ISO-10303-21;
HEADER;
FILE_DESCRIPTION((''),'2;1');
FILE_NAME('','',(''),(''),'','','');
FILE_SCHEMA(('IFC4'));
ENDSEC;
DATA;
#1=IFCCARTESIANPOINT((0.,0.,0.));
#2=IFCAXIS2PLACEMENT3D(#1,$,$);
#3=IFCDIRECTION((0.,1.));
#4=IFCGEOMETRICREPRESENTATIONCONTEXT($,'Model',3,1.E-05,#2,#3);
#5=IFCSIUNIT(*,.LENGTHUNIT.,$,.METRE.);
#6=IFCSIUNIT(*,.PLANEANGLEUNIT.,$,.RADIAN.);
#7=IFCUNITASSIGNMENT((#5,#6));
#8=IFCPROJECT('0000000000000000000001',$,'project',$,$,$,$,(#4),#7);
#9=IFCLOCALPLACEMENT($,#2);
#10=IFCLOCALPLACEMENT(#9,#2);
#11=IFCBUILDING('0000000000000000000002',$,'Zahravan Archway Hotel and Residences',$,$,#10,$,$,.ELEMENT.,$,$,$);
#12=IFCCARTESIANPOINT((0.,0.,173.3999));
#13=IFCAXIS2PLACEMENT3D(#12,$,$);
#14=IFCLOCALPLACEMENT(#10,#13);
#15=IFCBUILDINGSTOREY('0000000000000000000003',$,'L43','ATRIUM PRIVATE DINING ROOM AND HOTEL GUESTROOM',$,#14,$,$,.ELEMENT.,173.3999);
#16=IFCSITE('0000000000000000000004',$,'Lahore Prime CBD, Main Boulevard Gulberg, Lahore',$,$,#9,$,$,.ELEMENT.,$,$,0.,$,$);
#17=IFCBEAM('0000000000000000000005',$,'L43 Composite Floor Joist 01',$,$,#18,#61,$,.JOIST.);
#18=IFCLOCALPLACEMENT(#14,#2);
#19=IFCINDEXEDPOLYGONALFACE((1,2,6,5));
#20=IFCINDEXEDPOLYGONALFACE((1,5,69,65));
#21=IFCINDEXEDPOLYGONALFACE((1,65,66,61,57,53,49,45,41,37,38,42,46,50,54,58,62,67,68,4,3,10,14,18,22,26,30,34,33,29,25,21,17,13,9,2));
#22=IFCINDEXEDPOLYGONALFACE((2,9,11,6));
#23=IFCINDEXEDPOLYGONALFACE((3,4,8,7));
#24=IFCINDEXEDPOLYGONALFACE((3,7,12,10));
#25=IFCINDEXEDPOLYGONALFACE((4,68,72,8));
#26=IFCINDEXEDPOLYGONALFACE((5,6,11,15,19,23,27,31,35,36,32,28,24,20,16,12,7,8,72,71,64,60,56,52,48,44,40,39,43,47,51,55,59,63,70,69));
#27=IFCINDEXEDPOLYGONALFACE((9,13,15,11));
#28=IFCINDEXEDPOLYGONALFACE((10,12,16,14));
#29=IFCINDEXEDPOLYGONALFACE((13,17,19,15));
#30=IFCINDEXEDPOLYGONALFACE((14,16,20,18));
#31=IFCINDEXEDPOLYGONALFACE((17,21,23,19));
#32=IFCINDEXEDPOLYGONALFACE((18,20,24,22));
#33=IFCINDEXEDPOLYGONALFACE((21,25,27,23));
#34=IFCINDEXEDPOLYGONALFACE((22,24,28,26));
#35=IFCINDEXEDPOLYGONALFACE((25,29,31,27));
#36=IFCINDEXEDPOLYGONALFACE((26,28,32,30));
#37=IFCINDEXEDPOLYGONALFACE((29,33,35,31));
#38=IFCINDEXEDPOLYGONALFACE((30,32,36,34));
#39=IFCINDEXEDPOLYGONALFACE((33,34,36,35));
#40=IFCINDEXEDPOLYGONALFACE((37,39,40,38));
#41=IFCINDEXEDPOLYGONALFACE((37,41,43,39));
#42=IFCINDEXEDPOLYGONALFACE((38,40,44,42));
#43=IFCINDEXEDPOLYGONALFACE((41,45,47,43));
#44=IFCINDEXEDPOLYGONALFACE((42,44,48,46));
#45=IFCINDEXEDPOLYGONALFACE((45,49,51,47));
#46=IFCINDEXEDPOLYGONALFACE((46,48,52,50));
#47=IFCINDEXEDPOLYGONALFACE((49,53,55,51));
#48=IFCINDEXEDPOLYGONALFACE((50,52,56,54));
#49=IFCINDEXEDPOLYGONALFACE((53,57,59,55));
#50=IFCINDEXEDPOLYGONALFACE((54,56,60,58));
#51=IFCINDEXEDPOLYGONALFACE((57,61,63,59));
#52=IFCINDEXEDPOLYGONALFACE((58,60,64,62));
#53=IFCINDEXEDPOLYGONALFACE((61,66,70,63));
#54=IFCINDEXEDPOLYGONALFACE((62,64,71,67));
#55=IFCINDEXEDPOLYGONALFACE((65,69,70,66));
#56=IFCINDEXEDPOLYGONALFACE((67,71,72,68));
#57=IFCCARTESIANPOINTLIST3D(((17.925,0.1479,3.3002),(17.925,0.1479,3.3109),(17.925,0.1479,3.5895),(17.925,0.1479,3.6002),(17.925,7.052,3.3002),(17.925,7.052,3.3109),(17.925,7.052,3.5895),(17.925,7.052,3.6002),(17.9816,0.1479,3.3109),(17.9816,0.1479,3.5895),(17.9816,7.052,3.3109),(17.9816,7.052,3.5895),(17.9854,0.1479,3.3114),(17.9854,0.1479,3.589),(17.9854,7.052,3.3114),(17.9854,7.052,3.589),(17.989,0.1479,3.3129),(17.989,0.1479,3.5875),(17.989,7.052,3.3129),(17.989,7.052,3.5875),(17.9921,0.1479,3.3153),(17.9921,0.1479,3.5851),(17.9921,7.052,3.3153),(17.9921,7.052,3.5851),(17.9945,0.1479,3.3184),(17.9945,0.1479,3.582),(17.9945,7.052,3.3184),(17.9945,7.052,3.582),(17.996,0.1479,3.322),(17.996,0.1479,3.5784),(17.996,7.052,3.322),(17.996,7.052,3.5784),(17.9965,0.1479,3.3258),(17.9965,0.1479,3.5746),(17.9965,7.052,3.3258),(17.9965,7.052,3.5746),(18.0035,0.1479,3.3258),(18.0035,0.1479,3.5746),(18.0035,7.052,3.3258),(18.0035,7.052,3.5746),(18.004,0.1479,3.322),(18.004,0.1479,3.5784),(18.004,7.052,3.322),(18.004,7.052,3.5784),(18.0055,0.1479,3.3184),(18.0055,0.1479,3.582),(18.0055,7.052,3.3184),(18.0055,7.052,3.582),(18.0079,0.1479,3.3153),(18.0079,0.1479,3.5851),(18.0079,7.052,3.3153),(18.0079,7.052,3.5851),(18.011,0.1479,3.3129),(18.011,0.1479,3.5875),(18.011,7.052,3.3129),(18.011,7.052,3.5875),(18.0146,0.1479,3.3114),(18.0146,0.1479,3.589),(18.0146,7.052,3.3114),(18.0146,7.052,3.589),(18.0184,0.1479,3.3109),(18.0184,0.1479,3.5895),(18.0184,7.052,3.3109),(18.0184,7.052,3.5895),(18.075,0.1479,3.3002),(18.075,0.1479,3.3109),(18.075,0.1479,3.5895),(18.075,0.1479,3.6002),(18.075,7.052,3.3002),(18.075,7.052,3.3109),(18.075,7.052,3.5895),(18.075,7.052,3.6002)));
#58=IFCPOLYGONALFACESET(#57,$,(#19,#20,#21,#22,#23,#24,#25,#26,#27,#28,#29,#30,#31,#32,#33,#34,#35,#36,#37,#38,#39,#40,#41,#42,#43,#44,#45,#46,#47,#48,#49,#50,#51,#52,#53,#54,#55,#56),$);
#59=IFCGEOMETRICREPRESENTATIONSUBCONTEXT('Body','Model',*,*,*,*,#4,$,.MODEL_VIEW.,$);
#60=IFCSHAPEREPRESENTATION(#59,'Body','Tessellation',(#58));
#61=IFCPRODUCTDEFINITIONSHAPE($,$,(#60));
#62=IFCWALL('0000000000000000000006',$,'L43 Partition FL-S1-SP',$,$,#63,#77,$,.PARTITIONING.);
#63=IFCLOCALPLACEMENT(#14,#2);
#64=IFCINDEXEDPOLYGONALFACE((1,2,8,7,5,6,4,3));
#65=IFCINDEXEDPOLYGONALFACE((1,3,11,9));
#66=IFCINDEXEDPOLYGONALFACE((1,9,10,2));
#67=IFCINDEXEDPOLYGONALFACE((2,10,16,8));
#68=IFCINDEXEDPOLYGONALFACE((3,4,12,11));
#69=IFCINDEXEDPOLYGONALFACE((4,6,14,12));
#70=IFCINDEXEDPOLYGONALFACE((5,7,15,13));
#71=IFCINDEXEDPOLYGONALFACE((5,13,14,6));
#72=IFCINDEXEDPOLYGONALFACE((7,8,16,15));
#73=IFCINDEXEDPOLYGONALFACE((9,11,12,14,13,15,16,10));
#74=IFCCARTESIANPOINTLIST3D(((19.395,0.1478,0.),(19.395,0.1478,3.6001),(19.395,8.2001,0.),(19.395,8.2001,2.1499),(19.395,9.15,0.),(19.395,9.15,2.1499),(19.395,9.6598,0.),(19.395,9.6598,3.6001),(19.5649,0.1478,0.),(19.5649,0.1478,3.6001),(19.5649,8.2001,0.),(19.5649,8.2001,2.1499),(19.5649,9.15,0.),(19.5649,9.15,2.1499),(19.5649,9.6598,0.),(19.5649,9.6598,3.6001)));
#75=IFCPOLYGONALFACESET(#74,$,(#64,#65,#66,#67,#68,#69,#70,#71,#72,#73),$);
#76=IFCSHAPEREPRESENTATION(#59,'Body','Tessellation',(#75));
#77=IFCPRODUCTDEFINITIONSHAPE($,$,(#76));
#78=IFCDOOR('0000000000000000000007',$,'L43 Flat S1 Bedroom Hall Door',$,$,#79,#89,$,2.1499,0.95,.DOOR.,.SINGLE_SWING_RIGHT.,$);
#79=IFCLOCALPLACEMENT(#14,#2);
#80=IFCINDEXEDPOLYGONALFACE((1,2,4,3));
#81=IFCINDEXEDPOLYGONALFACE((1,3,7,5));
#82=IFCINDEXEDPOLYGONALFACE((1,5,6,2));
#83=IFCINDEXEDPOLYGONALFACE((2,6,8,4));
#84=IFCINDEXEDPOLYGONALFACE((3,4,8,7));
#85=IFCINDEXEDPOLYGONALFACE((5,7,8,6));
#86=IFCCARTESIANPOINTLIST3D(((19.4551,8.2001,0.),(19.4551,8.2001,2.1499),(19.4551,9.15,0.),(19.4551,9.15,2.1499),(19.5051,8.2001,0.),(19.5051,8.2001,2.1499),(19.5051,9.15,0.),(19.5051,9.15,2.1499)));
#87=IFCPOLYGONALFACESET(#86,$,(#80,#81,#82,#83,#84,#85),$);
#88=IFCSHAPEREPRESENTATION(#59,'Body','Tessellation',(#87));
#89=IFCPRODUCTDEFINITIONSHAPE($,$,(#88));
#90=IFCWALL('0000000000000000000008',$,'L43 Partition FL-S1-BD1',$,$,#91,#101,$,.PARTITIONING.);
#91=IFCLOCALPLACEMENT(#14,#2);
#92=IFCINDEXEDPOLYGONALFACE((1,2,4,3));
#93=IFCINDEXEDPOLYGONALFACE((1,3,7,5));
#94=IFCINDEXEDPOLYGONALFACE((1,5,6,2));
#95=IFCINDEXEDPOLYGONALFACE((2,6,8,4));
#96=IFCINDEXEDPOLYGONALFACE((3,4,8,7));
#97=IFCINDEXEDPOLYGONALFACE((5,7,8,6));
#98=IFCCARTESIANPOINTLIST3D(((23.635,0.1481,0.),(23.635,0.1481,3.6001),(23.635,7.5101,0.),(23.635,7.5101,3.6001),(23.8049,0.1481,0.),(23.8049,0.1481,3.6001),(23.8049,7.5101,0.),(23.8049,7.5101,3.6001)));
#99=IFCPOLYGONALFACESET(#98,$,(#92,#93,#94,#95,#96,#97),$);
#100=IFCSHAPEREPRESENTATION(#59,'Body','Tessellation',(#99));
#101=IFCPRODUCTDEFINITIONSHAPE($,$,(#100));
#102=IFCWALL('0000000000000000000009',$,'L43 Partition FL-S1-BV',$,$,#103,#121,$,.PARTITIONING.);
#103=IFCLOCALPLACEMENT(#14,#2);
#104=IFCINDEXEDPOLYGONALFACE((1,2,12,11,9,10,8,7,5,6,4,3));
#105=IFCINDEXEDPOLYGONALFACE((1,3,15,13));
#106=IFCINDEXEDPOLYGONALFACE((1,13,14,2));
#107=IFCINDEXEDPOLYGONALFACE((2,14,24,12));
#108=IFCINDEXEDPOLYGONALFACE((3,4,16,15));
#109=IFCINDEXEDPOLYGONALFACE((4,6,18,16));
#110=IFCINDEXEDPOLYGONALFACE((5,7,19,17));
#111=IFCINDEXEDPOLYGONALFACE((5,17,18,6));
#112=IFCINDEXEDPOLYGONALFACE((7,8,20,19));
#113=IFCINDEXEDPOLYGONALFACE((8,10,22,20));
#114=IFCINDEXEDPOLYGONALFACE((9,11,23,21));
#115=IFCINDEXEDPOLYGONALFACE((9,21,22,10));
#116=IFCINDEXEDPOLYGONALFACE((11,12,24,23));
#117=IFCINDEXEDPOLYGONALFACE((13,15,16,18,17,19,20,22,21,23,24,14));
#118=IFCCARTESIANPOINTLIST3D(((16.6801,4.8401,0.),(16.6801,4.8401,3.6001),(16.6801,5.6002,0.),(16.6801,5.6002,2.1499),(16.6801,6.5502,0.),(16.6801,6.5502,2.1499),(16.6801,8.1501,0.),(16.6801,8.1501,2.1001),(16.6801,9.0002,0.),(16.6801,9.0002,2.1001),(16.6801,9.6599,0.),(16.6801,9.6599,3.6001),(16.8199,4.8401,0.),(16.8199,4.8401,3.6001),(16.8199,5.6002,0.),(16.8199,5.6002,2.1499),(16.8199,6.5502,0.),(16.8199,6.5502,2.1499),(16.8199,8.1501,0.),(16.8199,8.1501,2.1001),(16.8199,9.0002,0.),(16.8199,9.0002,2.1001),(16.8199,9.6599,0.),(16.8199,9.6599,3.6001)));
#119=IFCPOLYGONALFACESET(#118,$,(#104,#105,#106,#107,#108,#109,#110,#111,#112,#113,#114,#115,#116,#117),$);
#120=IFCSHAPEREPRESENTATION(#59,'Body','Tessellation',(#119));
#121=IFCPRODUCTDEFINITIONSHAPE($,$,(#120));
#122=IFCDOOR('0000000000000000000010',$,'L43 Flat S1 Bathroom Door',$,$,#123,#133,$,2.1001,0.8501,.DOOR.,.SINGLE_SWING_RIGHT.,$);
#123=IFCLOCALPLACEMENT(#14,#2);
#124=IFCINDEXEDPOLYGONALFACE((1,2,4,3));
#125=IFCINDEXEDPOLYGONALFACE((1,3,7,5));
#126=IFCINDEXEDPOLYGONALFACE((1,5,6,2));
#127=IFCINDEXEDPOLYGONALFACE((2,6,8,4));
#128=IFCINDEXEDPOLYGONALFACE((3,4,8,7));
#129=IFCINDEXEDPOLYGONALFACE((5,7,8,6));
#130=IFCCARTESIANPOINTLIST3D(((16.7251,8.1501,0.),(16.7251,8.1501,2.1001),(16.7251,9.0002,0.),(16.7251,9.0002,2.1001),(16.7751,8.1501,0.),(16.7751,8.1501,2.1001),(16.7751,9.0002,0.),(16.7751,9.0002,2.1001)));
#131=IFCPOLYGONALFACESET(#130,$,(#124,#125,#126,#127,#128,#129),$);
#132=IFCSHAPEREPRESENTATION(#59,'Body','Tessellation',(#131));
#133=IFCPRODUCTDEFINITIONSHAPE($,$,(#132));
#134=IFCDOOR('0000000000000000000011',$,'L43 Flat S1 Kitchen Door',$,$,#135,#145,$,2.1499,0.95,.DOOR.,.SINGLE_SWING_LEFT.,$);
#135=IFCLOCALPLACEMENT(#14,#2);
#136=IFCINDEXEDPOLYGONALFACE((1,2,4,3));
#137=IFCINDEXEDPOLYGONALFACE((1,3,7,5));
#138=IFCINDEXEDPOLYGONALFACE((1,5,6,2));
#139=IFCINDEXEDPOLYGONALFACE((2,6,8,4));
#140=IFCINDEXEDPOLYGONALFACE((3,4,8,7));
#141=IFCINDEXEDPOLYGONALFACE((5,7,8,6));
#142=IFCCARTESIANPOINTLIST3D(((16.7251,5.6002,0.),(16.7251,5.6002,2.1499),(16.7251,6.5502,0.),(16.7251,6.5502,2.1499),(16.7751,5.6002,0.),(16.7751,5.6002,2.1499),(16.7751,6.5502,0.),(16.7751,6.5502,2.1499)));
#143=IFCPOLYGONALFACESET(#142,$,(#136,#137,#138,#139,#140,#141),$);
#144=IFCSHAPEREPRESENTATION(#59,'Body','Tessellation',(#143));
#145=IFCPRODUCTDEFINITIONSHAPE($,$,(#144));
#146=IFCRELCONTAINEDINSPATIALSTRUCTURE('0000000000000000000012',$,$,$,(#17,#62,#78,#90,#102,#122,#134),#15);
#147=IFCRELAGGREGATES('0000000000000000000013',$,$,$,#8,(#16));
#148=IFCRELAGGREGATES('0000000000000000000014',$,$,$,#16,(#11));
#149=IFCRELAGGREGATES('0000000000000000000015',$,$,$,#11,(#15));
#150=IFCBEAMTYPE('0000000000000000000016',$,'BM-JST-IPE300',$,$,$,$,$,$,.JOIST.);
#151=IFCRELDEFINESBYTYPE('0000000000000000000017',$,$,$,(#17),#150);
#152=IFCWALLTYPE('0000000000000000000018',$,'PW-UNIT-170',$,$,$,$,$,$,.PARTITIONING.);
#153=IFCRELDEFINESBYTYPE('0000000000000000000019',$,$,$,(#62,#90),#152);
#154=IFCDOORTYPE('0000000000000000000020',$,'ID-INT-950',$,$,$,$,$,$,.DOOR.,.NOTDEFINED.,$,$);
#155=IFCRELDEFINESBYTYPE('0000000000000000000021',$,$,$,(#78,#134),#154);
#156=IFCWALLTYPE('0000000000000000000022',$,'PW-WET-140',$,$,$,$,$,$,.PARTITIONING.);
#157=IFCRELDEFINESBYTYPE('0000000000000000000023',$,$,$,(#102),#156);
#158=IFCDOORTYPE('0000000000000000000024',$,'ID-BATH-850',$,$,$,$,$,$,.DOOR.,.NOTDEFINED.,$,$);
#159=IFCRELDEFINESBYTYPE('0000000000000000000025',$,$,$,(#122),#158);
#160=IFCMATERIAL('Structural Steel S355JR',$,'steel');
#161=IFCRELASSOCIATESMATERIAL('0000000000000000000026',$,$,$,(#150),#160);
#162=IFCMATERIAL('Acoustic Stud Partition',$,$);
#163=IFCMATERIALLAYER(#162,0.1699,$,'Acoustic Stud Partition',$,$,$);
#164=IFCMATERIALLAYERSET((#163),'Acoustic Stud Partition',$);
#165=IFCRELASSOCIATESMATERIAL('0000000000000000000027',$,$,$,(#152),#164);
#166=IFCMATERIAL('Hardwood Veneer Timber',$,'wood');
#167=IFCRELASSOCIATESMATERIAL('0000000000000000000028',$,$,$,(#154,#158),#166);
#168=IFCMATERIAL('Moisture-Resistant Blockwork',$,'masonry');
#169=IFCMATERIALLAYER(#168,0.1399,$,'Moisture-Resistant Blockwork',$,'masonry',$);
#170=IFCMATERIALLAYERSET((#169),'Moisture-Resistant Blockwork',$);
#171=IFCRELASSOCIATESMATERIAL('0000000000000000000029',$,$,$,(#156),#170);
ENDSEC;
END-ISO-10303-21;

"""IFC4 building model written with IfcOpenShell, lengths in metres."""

from ifc_helpers import new_model, si_unit, direction, frame, frame_2d, origin, origin_2d, place, context, subcontext, project, spatial, rectangle, i_section, extrude, source, transform, mapped, material, layer, layer_set, material_profile, profile_set, type_object, type_shapes, element, fill, save


model = new_model("IFC4")

# Units and contexts
model_context = context("Model", 3, precision=1e-05, world=origin(), true_north=direction((0.0, 1.0)))
body_context = subcontext(model_context, "Body", "Model", "MODEL_VIEW")
ifc_project = project(units=[si_unit("LENGTHUNIT", "METRE"), si_unit("PLANEANGLEUNIT", "RADIAN")], contexts=[model_context])

# Site, building, storey
site_placement = place(None, origin())
site = spatial("IfcSite", under=ifc_project, at=site_placement, Name="Lahore Prime CBD, Main Boulevard Gulberg, Lahore", CompositionType="ELEMENT", RefElevation=0.0)
building_placement = place(site_placement, origin())
building = spatial("IfcBuilding", under=site, at=building_placement, Name="Zahravan Archway Hotel and Residences", CompositionType="ELEMENT")
storey_placement = place(building_placement, frame((0.0, 0.0, 173.3999)))
storey = spatial("IfcBuildingStorey", under=building, at=storey_placement, Name="L43", Description="ATRIUM PRIVATE DINING ROOM AND HOTEL GUESTROOM", CompositionType="ELEMENT", Elevation=173.3999)

# Beam
ifc_material_1 = material(Name="Structural Steel S355JR", Category="steel")
ifc_material_profile_1 = material_profile(ifc_material_1, i_section(OverallWidth=0.1499, OverallDepth=0.3, WebThickness=0.0071, FlangeThickness=0.0107, FilletRadius=0.0149, at=origin_2d()), Name="IPE 300", Category="steel")
ifc_profile_set_1 = profile_set([ifc_material_profile_1], Name="Structural Steel S355JR")
beam_type_1 = type_object("IfcBeamType", Name="BM-JST-IPE300", PredefinedType="JOIST", material=ifc_profile_set_1)
shared_shape_1 = source(origin(), body_context, "Body", "SweptSolid", [
    extrude(i_section(OverallWidth=0.1499, OverallDepth=0.3, WebThickness=0.0071, FlangeThickness=0.0107, FilletRadius=0.0149, at=origin_2d()), origin(), (0.0, 0.0, 1.0), 6.9041),
])
type_shapes(beam_type_1, [shared_shape_1])
beam_1_placement = place(storey_placement, frame((18.0, 0.1479, 3.4502), z_axis=(0.0, 1.0, 0.0), x_axis=(-1.0, 0.0, 0.0)))
element("IfcBeam", 1, at=beam_1_placement, inside=storey, type_object=beam_type_1, Name="L43 Composite Floor Joist 01", PredefinedType="JOIST", context=body_context, shape_type="MappedRepresentation", body=[
    mapped(shared_shape_1, transform((0.0, 0.0, 0.0), scale=1.0)),
])

# Wall, opening, door
ifc_material_2 = material(Name="Acoustic Stud Partition")
ifc_layer_1 = layer(ifc_material_2, 0.1699, Name="Acoustic Stud Partition")
ifc_layer_set_1 = layer_set([ifc_layer_1], Name="Acoustic Stud Partition")
wall_type_1 = type_object("IfcWallType", Name="PW-UNIT-170", PredefinedType="PARTITIONING", material=ifc_layer_set_1)
wall_1_placement = place(storey_placement, frame((19.48, 0.1479, 0.0), z_axis=(0.0, 0.0, 1.0), x_axis=(0.0, 1.0, 0.0)))
wall_1 = element("IfcWall", 2, at=wall_1_placement, inside=storey, type_object=wall_type_1, Name="L43 Partition FL-S1-SP", PredefinedType="PARTITIONING", context=body_context, shape_type="SweptSolid", body=[
    extrude(rectangle(XDim=9.512, YDim=0.1699, at=frame_2d((4.7559, 0.0))), origin(), (0.0, 0.0, 1.0), 3.6001),
])
opening_1_placement = place(wall_1_placement, frame((8.052, 0.0, 0.0)))
opening_1 = element("IfcOpeningElement", 3, at=opening_1_placement, cuts=wall_1, PredefinedType="OPENING", context=body_context, shape_type="SweptSolid", body=[
    extrude(rectangle(XDim=0.95, YDim=2.1499, at=frame_2d((0.4751, 1.075))), frame((0.0, 0.095, 0.0), z_axis=(0.0, -1.0, 0.0), x_axis=(1.0, 0.0, 0.0)), (0.0, 0.0, 1.0), 0.1899),
])
ifc_material_3 = material(Name="Hardwood Veneer Timber", Category="wood")
door_type_1 = type_object("IfcDoorType", Name="ID-INT-950", OperationType="NOTDEFINED", PredefinedType="DOOR", material=ifc_material_3)
shared_shape_2 = source(origin(), body_context, "Body", "SweptSolid", [
    extrude(rectangle(XDim=0.95, YDim=2.1499, at=frame_2d((0.4751, 1.075))), frame((0.0, 0.0249, 0.0), z_axis=(0.0, -1.0, 0.0), x_axis=(1.0, 0.0, 0.0)), (0.0, 0.0, 1.0), 0.05),
])
type_shapes(door_type_1, [shared_shape_2])
door_1_placement = place(opening_1_placement, origin())
door_1 = element("IfcDoor", 4, at=door_1_placement, inside=storey, type_object=door_type_1, Name="L43 Flat S1 Bedroom Hall Door", OperationType="SINGLE_SWING_RIGHT", OverallHeight=2.1499, OverallWidth=0.95, PredefinedType="DOOR", context=body_context, shape_type="MappedRepresentation", body=[
    mapped(shared_shape_2, transform((0.0, 0.0, 0.0), scale=1.0)),
])
fill(opening_1, door_1)

# Wall
wall_2_placement = place(storey_placement, frame((23.72, 0.1479, 0.0), z_axis=(0.0, 0.0, 1.0), x_axis=(0.0, 1.0, 0.0)))
element("IfcWall", 5, at=wall_2_placement, inside=storey, type_object=wall_type_1, Name="L43 Partition FL-S1-BD1", PredefinedType="PARTITIONING", context=body_context, shape_type="SweptSolid", body=[
    extrude(rectangle(XDim=7.3621, YDim=0.1699, at=frame_2d((3.6812, 0.0))), origin(), (0.0, 0.0, 1.0), 3.6001),
])

# Wall, openings, doors
ifc_material_4 = material(Name="Moisture-Resistant Blockwork", Category="masonry")
ifc_layer_2 = layer(ifc_material_4, 0.1399, Name="Moisture-Resistant Blockwork", Category="masonry")
ifc_layer_set_2 = layer_set([ifc_layer_2], Name="Moisture-Resistant Blockwork")
wall_type_2 = type_object("IfcWallType", Name="PW-WET-140", PredefinedType="PARTITIONING", material=ifc_layer_set_2)
wall_3_placement = place(storey_placement, frame((16.75, 4.8401, 0.0), z_axis=(0.0, 0.0, 1.0), x_axis=(0.0, 1.0, 0.0)))
wall_3 = element("IfcWall", 6, at=wall_3_placement, inside=storey, type_object=wall_type_2, Name="L43 Partition FL-S1-BV", PredefinedType="PARTITIONING", context=body_context, shape_type="SweptSolid", body=[
    extrude(rectangle(XDim=4.8198, YDim=0.1399, at=frame_2d((2.4099, 0.0))), origin(), (0.0, 0.0, 1.0), 3.6001),
])
opening_2_placement = place(wall_3_placement, frame((0.76, 0.0, 0.0)))
opening_2 = element("IfcOpeningElement", 7, at=opening_2_placement, cuts=wall_3, PredefinedType="OPENING", context=body_context, shape_type="SweptSolid", body=[
    extrude(rectangle(XDim=0.95, YDim=2.1499, at=frame_2d((0.4751, 1.075))), frame((0.0, 0.0801, 0.0), z_axis=(0.0, -1.0, 0.0), x_axis=(1.0, 0.0, 0.0)), (0.0, 0.0, 1.0), 0.1599),
])
opening_3_placement = place(wall_3_placement, frame((3.3101, 0.0, 0.0)))
opening_3 = element("IfcOpeningElement", 8, at=opening_3_placement, cuts=wall_3, PredefinedType="OPENING", context=body_context, shape_type="SweptSolid", body=[
    extrude(rectangle(XDim=0.8501, YDim=2.1001, at=frame_2d((0.425, 1.05))), frame((0.0, 0.0801, 0.0), z_axis=(0.0, -1.0, 0.0), x_axis=(1.0, 0.0, 0.0)), (0.0, 0.0, 1.0), 0.1599),
])
door_type_2 = type_object("IfcDoorType", Name="ID-BATH-850", OperationType="NOTDEFINED", PredefinedType="DOOR", material=ifc_material_3)
shared_shape_3 = source(origin(), body_context, "Body", "SweptSolid", [
    extrude(rectangle(XDim=0.8501, YDim=2.1001, at=frame_2d((0.425, 1.05))), frame((0.0, 0.0249, 0.0), z_axis=(0.0, -1.0, 0.0), x_axis=(1.0, 0.0, 0.0)), (0.0, 0.0, 1.0), 0.05),
])
type_shapes(door_type_2, [shared_shape_3])
door_2_placement = place(opening_3_placement, origin())
door_2 = element("IfcDoor", 9, at=door_2_placement, inside=storey, type_object=door_type_2, Name="L43 Flat S1 Bathroom Door", OperationType="SINGLE_SWING_RIGHT", OverallHeight=2.1001, OverallWidth=0.8501, PredefinedType="DOOR", context=body_context, shape_type="MappedRepresentation", body=[
    mapped(shared_shape_3, transform((0.0, 0.0, 0.0), scale=1.0)),
])
fill(opening_3, door_2)
door_3_placement = place(opening_2_placement, origin())
door_3 = element("IfcDoor", 10, at=door_3_placement, inside=storey, type_object=door_type_1, Name="L43 Flat S1 Kitchen Door", OperationType="SINGLE_SWING_LEFT", OverallHeight=2.1499, OverallWidth=0.95, PredefinedType="DOOR", context=body_context, shape_type="MappedRepresentation", body=[
    mapped(shared_shape_2, transform((0.0, 0.0, 0.0), scale=1.0)),
])
fill(opening_2, door_3)

save(model, "model.ifc")
